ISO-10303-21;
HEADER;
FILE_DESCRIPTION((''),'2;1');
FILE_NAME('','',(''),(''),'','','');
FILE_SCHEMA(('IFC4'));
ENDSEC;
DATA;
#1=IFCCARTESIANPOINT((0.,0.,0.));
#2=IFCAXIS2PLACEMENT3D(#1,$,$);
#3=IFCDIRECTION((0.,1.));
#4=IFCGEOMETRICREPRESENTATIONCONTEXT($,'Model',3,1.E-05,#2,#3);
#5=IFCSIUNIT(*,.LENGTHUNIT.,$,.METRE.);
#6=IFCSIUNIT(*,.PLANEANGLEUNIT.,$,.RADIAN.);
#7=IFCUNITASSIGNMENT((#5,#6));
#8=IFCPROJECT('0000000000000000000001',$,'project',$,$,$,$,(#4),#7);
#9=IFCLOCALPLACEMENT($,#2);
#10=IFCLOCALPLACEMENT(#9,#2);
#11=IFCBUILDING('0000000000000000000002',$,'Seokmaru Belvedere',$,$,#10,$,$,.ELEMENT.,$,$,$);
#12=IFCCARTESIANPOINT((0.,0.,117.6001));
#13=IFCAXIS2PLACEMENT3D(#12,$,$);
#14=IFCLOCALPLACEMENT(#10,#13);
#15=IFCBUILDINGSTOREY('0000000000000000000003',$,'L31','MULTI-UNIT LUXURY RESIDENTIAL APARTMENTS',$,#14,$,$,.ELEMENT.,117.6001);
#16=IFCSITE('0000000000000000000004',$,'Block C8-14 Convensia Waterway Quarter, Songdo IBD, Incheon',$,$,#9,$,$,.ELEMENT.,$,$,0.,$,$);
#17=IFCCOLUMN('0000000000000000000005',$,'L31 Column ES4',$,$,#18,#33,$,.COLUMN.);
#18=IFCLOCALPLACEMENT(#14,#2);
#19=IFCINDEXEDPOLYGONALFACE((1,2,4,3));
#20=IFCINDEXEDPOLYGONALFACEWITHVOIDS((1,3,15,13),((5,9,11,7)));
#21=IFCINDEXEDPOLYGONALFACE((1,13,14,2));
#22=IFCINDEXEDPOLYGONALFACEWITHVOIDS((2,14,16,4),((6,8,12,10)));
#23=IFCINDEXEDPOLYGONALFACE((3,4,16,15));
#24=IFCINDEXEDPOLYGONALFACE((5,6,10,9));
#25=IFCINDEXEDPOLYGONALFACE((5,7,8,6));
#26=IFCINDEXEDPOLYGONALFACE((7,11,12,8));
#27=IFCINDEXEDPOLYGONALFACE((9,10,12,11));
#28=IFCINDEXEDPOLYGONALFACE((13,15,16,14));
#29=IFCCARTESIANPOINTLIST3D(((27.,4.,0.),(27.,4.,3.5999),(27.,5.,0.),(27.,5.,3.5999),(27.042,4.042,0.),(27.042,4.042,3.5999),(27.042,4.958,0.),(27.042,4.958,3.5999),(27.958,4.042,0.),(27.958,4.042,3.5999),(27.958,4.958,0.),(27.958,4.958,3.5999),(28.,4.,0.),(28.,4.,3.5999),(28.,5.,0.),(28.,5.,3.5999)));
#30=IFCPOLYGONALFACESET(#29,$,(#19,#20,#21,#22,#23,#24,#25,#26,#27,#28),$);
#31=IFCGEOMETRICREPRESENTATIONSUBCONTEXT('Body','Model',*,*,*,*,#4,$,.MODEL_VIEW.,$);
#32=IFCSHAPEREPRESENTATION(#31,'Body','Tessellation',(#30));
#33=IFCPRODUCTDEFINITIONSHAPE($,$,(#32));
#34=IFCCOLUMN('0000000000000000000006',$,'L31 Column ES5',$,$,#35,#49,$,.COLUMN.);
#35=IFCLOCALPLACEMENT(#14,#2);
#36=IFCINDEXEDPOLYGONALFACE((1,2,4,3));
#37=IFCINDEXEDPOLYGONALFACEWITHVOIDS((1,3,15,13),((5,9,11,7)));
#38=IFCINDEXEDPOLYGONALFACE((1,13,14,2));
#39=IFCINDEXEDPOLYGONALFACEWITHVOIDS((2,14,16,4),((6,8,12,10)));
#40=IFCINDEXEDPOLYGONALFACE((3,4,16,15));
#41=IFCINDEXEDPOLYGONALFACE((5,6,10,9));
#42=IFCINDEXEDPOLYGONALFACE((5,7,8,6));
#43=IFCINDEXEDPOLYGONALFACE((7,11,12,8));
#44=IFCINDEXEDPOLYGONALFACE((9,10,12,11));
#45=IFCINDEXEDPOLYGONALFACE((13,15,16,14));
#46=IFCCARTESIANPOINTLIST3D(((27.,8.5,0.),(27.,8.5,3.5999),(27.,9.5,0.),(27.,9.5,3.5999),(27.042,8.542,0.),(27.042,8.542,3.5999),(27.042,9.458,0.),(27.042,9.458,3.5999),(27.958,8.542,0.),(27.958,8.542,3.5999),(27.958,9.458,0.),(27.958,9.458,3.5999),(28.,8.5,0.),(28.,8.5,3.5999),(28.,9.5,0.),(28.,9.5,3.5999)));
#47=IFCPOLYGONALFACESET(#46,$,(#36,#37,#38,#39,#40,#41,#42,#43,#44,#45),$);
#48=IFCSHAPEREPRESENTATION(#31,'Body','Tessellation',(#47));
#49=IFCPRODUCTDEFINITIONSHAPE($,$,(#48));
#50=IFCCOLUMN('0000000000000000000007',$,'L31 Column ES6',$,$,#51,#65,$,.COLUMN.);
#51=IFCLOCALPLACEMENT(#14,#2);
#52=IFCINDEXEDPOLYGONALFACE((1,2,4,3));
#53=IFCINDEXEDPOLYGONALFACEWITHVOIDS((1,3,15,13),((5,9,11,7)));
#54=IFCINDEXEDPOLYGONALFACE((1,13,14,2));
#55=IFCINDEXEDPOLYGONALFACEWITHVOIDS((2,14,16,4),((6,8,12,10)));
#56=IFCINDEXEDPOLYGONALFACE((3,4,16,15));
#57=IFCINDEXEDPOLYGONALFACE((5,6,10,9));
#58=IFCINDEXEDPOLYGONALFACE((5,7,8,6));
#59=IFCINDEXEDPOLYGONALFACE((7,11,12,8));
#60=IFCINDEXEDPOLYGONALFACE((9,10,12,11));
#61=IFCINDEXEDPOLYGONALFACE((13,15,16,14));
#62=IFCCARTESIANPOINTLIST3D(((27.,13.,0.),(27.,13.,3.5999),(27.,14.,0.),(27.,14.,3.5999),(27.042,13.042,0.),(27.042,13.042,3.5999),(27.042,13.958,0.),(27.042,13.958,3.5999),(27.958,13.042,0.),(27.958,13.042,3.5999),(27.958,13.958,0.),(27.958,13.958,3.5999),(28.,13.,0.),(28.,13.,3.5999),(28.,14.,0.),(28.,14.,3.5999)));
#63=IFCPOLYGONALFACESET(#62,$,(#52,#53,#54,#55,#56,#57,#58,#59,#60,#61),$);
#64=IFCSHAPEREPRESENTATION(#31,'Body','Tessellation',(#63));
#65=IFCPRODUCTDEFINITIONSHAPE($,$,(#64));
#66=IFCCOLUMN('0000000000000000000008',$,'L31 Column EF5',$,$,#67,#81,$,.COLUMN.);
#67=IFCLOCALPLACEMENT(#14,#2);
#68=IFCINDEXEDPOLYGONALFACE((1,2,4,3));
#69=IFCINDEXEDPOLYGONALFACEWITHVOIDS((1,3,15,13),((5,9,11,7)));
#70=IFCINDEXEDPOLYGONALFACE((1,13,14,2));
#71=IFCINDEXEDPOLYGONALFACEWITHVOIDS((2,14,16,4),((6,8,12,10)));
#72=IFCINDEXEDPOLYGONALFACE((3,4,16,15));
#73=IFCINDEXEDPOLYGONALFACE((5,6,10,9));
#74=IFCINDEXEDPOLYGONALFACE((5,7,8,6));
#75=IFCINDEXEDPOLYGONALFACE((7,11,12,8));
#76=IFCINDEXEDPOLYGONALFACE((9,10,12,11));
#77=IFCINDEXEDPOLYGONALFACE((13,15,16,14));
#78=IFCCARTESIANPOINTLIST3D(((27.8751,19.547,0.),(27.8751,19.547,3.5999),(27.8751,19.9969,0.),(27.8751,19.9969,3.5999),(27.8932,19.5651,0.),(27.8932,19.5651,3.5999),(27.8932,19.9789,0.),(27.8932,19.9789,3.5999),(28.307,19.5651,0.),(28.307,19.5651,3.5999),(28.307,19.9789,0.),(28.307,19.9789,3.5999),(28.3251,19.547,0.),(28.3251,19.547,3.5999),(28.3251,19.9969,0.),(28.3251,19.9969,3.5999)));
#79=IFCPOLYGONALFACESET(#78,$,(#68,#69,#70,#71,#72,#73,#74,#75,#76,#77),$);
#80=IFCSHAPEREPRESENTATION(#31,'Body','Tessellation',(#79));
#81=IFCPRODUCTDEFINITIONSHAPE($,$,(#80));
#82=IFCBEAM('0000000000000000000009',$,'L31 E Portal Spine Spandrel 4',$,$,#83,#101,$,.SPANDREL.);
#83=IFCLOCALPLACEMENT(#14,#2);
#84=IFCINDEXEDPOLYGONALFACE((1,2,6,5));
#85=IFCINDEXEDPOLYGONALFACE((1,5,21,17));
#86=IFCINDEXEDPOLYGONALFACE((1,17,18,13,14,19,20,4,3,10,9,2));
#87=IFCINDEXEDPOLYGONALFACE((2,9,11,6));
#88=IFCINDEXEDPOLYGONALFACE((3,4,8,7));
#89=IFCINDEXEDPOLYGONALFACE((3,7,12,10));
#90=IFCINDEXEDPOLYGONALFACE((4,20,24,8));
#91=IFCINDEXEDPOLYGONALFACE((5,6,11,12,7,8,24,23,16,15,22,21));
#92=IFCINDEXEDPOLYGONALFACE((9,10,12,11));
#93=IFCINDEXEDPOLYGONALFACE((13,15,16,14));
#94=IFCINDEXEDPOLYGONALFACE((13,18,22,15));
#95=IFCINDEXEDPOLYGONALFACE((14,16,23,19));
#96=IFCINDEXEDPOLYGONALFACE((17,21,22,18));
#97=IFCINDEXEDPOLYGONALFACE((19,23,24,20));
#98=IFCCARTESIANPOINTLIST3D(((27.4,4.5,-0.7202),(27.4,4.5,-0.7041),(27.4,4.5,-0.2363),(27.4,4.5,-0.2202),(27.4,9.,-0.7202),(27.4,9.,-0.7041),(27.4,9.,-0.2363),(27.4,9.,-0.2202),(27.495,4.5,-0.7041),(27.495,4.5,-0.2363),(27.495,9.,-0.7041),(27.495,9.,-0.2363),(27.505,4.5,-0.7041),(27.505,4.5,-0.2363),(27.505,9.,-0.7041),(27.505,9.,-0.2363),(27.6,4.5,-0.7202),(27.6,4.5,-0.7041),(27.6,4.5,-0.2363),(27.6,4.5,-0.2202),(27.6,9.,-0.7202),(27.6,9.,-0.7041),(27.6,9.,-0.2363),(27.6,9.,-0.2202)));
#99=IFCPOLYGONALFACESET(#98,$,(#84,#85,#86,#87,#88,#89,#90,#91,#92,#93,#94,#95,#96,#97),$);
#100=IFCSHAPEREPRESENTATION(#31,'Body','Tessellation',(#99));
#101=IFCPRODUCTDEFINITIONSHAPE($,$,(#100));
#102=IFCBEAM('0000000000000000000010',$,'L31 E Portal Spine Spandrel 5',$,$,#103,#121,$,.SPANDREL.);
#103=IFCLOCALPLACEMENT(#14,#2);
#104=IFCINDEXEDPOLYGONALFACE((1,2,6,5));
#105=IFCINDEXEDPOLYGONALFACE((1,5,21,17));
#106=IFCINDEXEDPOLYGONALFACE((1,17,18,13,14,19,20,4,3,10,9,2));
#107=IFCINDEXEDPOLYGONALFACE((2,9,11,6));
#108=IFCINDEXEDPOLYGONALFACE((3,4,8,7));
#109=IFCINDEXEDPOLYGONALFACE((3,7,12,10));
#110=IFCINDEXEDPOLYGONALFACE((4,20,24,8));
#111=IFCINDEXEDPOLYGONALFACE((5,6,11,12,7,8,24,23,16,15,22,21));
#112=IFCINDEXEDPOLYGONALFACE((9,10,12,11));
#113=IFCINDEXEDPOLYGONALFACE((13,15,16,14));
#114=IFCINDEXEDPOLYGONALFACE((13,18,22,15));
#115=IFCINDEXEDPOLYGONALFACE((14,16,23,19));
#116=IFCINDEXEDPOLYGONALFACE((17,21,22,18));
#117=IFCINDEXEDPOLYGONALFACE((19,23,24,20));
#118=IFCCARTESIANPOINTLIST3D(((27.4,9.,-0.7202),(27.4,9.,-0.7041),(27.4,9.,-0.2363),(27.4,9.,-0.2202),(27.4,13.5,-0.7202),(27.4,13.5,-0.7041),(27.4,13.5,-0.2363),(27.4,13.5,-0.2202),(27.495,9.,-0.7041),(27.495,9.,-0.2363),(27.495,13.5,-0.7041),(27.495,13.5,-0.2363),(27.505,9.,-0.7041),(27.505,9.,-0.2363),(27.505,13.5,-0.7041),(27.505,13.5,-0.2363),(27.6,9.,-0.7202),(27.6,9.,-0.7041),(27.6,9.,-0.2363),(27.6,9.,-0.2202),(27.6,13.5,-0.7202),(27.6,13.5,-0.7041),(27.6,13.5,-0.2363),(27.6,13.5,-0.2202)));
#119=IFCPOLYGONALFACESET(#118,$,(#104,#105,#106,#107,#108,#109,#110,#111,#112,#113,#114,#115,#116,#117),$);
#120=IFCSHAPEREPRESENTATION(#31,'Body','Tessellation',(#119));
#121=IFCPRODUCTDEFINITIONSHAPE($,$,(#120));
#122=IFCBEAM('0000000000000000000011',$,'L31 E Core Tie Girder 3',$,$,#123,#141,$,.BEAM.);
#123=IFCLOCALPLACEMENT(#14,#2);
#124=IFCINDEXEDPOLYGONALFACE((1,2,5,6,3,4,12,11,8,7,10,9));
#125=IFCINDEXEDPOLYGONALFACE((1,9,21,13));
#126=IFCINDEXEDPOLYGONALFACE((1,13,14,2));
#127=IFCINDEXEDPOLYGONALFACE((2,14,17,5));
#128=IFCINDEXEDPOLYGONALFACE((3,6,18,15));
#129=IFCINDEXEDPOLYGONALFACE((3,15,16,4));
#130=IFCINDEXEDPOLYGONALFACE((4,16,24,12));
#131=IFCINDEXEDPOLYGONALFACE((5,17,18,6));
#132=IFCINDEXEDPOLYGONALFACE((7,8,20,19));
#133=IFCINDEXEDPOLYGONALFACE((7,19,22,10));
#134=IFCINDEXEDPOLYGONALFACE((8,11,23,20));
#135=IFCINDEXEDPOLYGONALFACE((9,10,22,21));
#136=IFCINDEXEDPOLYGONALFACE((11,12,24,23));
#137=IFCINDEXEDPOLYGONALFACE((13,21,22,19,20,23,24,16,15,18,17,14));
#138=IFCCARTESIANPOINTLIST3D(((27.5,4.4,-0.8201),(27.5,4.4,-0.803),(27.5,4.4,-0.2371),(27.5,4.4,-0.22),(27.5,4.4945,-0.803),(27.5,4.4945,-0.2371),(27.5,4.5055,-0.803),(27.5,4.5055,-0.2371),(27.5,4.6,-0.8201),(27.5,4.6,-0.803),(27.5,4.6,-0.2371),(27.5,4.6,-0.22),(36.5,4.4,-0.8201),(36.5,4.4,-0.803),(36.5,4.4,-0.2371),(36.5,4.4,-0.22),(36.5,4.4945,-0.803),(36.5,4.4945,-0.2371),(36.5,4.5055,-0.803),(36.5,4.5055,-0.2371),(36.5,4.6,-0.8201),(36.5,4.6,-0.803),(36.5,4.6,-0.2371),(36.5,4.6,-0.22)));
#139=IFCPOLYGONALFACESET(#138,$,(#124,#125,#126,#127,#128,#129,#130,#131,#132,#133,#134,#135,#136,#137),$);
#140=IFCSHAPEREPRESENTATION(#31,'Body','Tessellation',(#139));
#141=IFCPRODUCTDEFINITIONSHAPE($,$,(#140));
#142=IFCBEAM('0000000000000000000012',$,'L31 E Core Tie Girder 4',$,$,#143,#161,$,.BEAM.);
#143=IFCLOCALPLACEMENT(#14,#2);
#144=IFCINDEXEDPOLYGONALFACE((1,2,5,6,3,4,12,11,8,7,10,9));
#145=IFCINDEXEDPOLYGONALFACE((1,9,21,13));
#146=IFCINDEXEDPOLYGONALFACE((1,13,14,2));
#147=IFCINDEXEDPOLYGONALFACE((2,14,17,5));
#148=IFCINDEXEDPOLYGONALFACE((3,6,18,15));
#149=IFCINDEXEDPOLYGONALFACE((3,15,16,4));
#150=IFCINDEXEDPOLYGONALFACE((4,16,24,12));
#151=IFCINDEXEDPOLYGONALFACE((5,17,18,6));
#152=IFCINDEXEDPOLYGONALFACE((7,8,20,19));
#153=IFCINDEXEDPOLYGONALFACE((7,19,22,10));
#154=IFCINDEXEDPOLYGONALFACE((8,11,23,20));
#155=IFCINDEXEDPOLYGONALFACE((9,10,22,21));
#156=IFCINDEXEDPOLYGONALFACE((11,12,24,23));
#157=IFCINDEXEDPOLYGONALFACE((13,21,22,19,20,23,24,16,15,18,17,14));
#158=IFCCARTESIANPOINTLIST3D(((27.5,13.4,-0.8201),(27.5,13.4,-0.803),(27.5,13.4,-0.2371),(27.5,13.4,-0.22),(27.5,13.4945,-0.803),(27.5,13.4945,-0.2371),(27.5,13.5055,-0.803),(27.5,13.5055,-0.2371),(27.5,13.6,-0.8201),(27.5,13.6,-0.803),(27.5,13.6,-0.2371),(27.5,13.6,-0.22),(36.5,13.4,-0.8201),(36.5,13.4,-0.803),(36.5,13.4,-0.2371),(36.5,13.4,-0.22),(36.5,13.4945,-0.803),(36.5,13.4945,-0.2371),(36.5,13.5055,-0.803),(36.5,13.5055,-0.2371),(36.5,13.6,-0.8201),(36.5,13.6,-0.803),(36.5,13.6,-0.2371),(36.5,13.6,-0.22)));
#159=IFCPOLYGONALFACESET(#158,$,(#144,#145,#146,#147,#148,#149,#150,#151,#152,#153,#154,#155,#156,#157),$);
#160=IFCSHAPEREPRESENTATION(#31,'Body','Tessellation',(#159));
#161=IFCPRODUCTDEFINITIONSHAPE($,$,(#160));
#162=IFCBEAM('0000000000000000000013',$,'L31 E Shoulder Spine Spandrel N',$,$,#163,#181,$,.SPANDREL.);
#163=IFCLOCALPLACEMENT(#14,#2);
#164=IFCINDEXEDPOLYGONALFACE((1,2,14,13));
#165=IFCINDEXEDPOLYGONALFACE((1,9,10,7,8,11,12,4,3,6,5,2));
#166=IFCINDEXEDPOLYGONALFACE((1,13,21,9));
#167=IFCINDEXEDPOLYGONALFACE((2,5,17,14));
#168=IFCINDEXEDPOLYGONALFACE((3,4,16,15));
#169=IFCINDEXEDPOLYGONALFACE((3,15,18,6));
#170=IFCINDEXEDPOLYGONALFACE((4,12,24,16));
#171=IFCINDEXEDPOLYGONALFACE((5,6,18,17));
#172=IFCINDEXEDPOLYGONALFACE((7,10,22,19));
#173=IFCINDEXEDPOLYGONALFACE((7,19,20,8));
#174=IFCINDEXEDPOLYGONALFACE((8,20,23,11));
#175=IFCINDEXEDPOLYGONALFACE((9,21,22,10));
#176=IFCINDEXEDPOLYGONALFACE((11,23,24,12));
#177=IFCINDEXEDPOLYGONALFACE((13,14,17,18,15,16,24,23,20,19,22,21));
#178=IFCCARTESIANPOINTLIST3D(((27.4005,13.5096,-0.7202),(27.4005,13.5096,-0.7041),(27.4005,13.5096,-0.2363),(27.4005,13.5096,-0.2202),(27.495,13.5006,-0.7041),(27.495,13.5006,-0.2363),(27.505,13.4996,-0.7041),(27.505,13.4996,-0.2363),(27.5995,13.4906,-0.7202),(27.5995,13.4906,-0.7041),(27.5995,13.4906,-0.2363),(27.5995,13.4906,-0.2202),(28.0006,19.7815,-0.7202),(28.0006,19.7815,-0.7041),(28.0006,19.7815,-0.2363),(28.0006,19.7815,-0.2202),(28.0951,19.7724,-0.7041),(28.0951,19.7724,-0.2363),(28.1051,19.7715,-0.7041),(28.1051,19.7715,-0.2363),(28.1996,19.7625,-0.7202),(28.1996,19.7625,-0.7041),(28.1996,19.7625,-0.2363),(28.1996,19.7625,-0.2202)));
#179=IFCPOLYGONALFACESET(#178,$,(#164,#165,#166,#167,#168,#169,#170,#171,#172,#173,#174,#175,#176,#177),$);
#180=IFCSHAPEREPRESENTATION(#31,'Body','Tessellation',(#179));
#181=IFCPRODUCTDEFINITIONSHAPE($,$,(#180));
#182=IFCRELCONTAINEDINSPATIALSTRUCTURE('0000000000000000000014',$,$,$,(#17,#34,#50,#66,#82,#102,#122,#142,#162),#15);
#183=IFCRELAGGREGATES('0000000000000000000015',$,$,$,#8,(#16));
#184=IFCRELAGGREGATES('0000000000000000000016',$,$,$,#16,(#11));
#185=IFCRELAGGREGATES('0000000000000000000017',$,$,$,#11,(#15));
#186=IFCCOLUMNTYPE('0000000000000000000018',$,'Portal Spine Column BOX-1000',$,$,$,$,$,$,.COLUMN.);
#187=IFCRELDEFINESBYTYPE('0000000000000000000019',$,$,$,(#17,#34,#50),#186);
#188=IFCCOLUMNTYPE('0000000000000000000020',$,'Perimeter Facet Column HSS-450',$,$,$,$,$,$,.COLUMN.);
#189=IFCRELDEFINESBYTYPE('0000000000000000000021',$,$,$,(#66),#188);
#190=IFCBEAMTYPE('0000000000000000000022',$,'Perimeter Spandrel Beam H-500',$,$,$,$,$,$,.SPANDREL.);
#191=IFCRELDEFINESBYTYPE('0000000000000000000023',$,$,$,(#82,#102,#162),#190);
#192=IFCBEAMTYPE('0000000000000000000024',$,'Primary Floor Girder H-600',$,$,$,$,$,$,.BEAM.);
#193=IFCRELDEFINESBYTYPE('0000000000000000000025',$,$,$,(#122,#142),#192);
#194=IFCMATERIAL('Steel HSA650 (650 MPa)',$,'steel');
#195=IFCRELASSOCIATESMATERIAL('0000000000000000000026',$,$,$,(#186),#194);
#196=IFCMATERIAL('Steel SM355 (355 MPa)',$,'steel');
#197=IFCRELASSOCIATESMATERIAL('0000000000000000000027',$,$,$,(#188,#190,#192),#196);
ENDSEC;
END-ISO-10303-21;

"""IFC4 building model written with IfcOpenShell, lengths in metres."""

from ifc_helpers import new_model, si_unit, direction, frame, origin, origin_2d, place, context, subcontext, project, spatial, hollow_rectangle, i_section, extrude, source, transform, mapped, material, material_profile, profile_set, type_object, type_shapes, element, save


model = new_model("IFC4")

# Units and contexts
model_context = context("Model", 3, precision=1e-05, world=origin(), true_north=direction((0.0, 1.0)))
body_context = subcontext(model_context, "Body", "Model", "MODEL_VIEW")
ifc_project = project(units=[si_unit("LENGTHUNIT", "METRE"), si_unit("PLANEANGLEUNIT", "RADIAN")], contexts=[model_context])

# Site, building, storey
site_placement = place(None, origin())
site = spatial("IfcSite", under=ifc_project, at=site_placement, Name="Block C8-14 Convensia Waterway Quarter, Songdo IBD, Incheon", CompositionType="ELEMENT", RefElevation=0.0)
building_placement = place(site_placement, origin())
building = spatial("IfcBuilding", under=site, at=building_placement, Name="Seokmaru Belvedere", CompositionType="ELEMENT")
storey_placement = place(building_placement, frame((0.0, 0.0, 117.6001)))
storey = spatial("IfcBuildingStorey", under=building, at=storey_placement, Name="L31", Description="MULTI-UNIT LUXURY RESIDENTIAL APARTMENTS", CompositionType="ELEMENT", Elevation=117.6001)

# Columns
ifc_material_1 = material(Name="Steel HSA650 (650 MPa)", Category="steel")
ifc_material_profile_1 = material_profile(ifc_material_1, hollow_rectangle(XDim=1.0, YDim=1.0, WallThickness=0.042, at=origin_2d()), Name="BOX-1000x1000x42")
ifc_profile_set_1 = profile_set([ifc_material_profile_1], Name="Steel HSA650 (650 MPa)")
column_type_1 = type_object("IfcColumnType", Name="Portal Spine Column BOX-1000", PredefinedType="COLUMN", material=ifc_profile_set_1)
shared_shape_1 = source(origin(), body_context, "Body", "SweptSolid", [
    extrude(hollow_rectangle(XDim=1.0, YDim=1.0, WallThickness=0.042, at=origin_2d()), origin(), (0.0, 0.0, 1.0), 3.5999),
])
type_shapes(column_type_1, [shared_shape_1])
for number, where, z_axis, x_axis, name in (
    (1, (27.5, 4.5, 0.0), (0.0, 0.0, 1.0), (1.0, 0.0, 0.0), "L31 Column ES4"),
    (2, (27.5, 9.0, 0.0), (0.0, 0.0, 1.0), (1.0, 0.0, 0.0), "L31 Column ES5"),
    (3, (27.5, 13.5, 0.0), (0.0, 0.0, 1.0), (1.0, 0.0, 0.0), "L31 Column ES6"),
):
    element("IfcColumn", number, at=place(storey_placement, frame(where, z_axis=z_axis, x_axis=x_axis)), inside=storey, type_object=column_type_1, Name=name, PredefinedType="COLUMN", context=body_context, shape_type="MappedRepresentation", body=[
        mapped(shared_shape_1, transform((0.0, 0.0, 0.0), scale=1.0)),
    ])
ifc_material_2 = material(Name="Steel SM355 (355 MPa)", Category="steel")
ifc_material_profile_2 = material_profile(ifc_material_2, hollow_rectangle(XDim=0.45, YDim=0.45, WallThickness=0.0181, at=origin_2d()), Name="HSS-450x450x18")
ifc_profile_set_2 = profile_set([ifc_material_profile_2], Name="Steel SM355 (355 MPa)")
column_type_2 = type_object("IfcColumnType", Name="Perimeter Facet Column HSS-450", PredefinedType="COLUMN", material=ifc_profile_set_2)
shared_shape_2 = source(origin(), body_context, "Body", "SweptSolid", [
    extrude(hollow_rectangle(XDim=0.45, YDim=0.45, WallThickness=0.0181, at=origin_2d()), origin(), (0.0, 0.0, 1.0), 3.5999),
])
type_shapes(column_type_2, [shared_shape_2])
column_placement = place(storey_placement, frame((28.1001, 19.772, 0.0), z_axis=(0.0, 0.0, 1.0), x_axis=(1.0, 0.0, 0.0)))
element("IfcColumn", 4, at=column_placement, inside=storey, type_object=column_type_2, Name="L31 Column EF5", PredefinedType="COLUMN", context=body_context, shape_type="MappedRepresentation", body=[
    mapped(shared_shape_2, transform((0.0, 0.0, 0.0), scale=1.0)),
])

# Beams
ifc_material_profile_3 = material_profile(ifc_material_2, i_section(OverallWidth=0.2, OverallDepth=0.5, WebThickness=0.01, FlangeThickness=0.0161, at=origin_2d()), Name="H-500x200x10x16")
ifc_profile_set_3 = profile_set([ifc_material_profile_3], Name="Steel SM355 (355 MPa)")
beam_type_1 = type_object("IfcBeamType", Name="Perimeter Spandrel Beam H-500", PredefinedType="SPANDREL", material=ifc_profile_set_3)
shared_shape_3 = source(origin(), body_context, "Body", "SweptSolid", [
    extrude(i_section(OverallWidth=0.2, OverallDepth=0.5, WebThickness=0.01, FlangeThickness=0.0161, at=origin_2d()), origin(), (0.0, 0.0, 1.0), 4.5),
])
for number, where, z_axis, x_axis, name in (
    (5, (27.5, 4.5, -0.4702), (0.0, 1.0, 0.0), (-1.0, 0.0, 0.0), "L31 E Portal Spine Spandrel 4"),
    (6, (27.5, 9.0, -0.4702), (0.0, 1.0, 0.0), (-1.0, 0.0, 0.0), "L31 E Portal Spine Spandrel 5"),
):
    element("IfcBeam", number, at=place(storey_placement, frame(where, z_axis=z_axis, x_axis=x_axis)), inside=storey, type_object=beam_type_1, Name=name, PredefinedType="SPANDREL", context=body_context, shape_type="MappedRepresentation", body=[
        mapped(shared_shape_3, transform((0.0, 0.0, 0.0), scale=1.0)),
    ])
ifc_material_profile_4 = material_profile(ifc_material_2, i_section(OverallWidth=0.2, OverallDepth=0.6001, WebThickness=0.011, FlangeThickness=0.0171, at=origin_2d()), Name="H-600x200x11x17")
ifc_profile_set_4 = profile_set([ifc_material_profile_4], Name="Steel SM355 (355 MPa)")
beam_type_2 = type_object("IfcBeamType", Name="Primary Floor Girder H-600", PredefinedType="BEAM", material=ifc_profile_set_4)
shared_shape_4 = source(origin(), body_context, "Body", "SweptSolid", [
    extrude(i_section(OverallWidth=0.2, OverallDepth=0.6001, WebThickness=0.011, FlangeThickness=0.0171, at=origin_2d()), origin(), (0.0, 0.0, 1.0), 9.0),
])
type_shapes(beam_type_2, [shared_shape_4])
for number, where, z_axis, x_axis, name in (
    (7, (27.5, 4.5, -0.52), (1.0, 0.0, 0.0), (0.0, 1.0, 0.0), "L31 E Core Tie Girder 3"),
    (8, (27.5, 13.5, -0.52), (1.0, 0.0, 0.0), (0.0, 1.0, 0.0), "L31 E Core Tie Girder 4"),
):
    element("IfcBeam", number, at=place(storey_placement, frame(where, z_axis=z_axis, x_axis=x_axis)), inside=storey, type_object=beam_type_2, Name=name, PredefinedType="BEAM", context=body_context, shape_type="MappedRepresentation", body=[
        mapped(shared_shape_4, transform((0.0, 0.0, 0.0), scale=1.0)),
    ])
shared_shape_5 = source(origin(), body_context, "Body", "SweptSolid", [
    extrude(i_section(OverallWidth=0.2, OverallDepth=0.5, WebThickness=0.01, FlangeThickness=0.0161, at=origin_2d()), origin(), (0.0, 0.0, 1.0), 6.3005),
])
type_shapes(beam_type_1, [shared_shape_3, shared_shape_5])
beam_placement = place(storey_placement, frame((28.1001, 19.772, -0.4702), z_axis=(-0.095244, -0.995454, 0.0), x_axis=(0.995454, -0.095244, 0.0)))
element("IfcBeam", 9, at=beam_placement, inside=storey, type_object=beam_type_1, Name="L31 E Shoulder Spine Spandrel N", PredefinedType="SPANDREL", context=body_context, shape_type="MappedRepresentation", body=[
    mapped(shared_shape_5, transform((0.0, 0.0, 0.0), scale=1.0)),
])

save(model, "model.ifc")
